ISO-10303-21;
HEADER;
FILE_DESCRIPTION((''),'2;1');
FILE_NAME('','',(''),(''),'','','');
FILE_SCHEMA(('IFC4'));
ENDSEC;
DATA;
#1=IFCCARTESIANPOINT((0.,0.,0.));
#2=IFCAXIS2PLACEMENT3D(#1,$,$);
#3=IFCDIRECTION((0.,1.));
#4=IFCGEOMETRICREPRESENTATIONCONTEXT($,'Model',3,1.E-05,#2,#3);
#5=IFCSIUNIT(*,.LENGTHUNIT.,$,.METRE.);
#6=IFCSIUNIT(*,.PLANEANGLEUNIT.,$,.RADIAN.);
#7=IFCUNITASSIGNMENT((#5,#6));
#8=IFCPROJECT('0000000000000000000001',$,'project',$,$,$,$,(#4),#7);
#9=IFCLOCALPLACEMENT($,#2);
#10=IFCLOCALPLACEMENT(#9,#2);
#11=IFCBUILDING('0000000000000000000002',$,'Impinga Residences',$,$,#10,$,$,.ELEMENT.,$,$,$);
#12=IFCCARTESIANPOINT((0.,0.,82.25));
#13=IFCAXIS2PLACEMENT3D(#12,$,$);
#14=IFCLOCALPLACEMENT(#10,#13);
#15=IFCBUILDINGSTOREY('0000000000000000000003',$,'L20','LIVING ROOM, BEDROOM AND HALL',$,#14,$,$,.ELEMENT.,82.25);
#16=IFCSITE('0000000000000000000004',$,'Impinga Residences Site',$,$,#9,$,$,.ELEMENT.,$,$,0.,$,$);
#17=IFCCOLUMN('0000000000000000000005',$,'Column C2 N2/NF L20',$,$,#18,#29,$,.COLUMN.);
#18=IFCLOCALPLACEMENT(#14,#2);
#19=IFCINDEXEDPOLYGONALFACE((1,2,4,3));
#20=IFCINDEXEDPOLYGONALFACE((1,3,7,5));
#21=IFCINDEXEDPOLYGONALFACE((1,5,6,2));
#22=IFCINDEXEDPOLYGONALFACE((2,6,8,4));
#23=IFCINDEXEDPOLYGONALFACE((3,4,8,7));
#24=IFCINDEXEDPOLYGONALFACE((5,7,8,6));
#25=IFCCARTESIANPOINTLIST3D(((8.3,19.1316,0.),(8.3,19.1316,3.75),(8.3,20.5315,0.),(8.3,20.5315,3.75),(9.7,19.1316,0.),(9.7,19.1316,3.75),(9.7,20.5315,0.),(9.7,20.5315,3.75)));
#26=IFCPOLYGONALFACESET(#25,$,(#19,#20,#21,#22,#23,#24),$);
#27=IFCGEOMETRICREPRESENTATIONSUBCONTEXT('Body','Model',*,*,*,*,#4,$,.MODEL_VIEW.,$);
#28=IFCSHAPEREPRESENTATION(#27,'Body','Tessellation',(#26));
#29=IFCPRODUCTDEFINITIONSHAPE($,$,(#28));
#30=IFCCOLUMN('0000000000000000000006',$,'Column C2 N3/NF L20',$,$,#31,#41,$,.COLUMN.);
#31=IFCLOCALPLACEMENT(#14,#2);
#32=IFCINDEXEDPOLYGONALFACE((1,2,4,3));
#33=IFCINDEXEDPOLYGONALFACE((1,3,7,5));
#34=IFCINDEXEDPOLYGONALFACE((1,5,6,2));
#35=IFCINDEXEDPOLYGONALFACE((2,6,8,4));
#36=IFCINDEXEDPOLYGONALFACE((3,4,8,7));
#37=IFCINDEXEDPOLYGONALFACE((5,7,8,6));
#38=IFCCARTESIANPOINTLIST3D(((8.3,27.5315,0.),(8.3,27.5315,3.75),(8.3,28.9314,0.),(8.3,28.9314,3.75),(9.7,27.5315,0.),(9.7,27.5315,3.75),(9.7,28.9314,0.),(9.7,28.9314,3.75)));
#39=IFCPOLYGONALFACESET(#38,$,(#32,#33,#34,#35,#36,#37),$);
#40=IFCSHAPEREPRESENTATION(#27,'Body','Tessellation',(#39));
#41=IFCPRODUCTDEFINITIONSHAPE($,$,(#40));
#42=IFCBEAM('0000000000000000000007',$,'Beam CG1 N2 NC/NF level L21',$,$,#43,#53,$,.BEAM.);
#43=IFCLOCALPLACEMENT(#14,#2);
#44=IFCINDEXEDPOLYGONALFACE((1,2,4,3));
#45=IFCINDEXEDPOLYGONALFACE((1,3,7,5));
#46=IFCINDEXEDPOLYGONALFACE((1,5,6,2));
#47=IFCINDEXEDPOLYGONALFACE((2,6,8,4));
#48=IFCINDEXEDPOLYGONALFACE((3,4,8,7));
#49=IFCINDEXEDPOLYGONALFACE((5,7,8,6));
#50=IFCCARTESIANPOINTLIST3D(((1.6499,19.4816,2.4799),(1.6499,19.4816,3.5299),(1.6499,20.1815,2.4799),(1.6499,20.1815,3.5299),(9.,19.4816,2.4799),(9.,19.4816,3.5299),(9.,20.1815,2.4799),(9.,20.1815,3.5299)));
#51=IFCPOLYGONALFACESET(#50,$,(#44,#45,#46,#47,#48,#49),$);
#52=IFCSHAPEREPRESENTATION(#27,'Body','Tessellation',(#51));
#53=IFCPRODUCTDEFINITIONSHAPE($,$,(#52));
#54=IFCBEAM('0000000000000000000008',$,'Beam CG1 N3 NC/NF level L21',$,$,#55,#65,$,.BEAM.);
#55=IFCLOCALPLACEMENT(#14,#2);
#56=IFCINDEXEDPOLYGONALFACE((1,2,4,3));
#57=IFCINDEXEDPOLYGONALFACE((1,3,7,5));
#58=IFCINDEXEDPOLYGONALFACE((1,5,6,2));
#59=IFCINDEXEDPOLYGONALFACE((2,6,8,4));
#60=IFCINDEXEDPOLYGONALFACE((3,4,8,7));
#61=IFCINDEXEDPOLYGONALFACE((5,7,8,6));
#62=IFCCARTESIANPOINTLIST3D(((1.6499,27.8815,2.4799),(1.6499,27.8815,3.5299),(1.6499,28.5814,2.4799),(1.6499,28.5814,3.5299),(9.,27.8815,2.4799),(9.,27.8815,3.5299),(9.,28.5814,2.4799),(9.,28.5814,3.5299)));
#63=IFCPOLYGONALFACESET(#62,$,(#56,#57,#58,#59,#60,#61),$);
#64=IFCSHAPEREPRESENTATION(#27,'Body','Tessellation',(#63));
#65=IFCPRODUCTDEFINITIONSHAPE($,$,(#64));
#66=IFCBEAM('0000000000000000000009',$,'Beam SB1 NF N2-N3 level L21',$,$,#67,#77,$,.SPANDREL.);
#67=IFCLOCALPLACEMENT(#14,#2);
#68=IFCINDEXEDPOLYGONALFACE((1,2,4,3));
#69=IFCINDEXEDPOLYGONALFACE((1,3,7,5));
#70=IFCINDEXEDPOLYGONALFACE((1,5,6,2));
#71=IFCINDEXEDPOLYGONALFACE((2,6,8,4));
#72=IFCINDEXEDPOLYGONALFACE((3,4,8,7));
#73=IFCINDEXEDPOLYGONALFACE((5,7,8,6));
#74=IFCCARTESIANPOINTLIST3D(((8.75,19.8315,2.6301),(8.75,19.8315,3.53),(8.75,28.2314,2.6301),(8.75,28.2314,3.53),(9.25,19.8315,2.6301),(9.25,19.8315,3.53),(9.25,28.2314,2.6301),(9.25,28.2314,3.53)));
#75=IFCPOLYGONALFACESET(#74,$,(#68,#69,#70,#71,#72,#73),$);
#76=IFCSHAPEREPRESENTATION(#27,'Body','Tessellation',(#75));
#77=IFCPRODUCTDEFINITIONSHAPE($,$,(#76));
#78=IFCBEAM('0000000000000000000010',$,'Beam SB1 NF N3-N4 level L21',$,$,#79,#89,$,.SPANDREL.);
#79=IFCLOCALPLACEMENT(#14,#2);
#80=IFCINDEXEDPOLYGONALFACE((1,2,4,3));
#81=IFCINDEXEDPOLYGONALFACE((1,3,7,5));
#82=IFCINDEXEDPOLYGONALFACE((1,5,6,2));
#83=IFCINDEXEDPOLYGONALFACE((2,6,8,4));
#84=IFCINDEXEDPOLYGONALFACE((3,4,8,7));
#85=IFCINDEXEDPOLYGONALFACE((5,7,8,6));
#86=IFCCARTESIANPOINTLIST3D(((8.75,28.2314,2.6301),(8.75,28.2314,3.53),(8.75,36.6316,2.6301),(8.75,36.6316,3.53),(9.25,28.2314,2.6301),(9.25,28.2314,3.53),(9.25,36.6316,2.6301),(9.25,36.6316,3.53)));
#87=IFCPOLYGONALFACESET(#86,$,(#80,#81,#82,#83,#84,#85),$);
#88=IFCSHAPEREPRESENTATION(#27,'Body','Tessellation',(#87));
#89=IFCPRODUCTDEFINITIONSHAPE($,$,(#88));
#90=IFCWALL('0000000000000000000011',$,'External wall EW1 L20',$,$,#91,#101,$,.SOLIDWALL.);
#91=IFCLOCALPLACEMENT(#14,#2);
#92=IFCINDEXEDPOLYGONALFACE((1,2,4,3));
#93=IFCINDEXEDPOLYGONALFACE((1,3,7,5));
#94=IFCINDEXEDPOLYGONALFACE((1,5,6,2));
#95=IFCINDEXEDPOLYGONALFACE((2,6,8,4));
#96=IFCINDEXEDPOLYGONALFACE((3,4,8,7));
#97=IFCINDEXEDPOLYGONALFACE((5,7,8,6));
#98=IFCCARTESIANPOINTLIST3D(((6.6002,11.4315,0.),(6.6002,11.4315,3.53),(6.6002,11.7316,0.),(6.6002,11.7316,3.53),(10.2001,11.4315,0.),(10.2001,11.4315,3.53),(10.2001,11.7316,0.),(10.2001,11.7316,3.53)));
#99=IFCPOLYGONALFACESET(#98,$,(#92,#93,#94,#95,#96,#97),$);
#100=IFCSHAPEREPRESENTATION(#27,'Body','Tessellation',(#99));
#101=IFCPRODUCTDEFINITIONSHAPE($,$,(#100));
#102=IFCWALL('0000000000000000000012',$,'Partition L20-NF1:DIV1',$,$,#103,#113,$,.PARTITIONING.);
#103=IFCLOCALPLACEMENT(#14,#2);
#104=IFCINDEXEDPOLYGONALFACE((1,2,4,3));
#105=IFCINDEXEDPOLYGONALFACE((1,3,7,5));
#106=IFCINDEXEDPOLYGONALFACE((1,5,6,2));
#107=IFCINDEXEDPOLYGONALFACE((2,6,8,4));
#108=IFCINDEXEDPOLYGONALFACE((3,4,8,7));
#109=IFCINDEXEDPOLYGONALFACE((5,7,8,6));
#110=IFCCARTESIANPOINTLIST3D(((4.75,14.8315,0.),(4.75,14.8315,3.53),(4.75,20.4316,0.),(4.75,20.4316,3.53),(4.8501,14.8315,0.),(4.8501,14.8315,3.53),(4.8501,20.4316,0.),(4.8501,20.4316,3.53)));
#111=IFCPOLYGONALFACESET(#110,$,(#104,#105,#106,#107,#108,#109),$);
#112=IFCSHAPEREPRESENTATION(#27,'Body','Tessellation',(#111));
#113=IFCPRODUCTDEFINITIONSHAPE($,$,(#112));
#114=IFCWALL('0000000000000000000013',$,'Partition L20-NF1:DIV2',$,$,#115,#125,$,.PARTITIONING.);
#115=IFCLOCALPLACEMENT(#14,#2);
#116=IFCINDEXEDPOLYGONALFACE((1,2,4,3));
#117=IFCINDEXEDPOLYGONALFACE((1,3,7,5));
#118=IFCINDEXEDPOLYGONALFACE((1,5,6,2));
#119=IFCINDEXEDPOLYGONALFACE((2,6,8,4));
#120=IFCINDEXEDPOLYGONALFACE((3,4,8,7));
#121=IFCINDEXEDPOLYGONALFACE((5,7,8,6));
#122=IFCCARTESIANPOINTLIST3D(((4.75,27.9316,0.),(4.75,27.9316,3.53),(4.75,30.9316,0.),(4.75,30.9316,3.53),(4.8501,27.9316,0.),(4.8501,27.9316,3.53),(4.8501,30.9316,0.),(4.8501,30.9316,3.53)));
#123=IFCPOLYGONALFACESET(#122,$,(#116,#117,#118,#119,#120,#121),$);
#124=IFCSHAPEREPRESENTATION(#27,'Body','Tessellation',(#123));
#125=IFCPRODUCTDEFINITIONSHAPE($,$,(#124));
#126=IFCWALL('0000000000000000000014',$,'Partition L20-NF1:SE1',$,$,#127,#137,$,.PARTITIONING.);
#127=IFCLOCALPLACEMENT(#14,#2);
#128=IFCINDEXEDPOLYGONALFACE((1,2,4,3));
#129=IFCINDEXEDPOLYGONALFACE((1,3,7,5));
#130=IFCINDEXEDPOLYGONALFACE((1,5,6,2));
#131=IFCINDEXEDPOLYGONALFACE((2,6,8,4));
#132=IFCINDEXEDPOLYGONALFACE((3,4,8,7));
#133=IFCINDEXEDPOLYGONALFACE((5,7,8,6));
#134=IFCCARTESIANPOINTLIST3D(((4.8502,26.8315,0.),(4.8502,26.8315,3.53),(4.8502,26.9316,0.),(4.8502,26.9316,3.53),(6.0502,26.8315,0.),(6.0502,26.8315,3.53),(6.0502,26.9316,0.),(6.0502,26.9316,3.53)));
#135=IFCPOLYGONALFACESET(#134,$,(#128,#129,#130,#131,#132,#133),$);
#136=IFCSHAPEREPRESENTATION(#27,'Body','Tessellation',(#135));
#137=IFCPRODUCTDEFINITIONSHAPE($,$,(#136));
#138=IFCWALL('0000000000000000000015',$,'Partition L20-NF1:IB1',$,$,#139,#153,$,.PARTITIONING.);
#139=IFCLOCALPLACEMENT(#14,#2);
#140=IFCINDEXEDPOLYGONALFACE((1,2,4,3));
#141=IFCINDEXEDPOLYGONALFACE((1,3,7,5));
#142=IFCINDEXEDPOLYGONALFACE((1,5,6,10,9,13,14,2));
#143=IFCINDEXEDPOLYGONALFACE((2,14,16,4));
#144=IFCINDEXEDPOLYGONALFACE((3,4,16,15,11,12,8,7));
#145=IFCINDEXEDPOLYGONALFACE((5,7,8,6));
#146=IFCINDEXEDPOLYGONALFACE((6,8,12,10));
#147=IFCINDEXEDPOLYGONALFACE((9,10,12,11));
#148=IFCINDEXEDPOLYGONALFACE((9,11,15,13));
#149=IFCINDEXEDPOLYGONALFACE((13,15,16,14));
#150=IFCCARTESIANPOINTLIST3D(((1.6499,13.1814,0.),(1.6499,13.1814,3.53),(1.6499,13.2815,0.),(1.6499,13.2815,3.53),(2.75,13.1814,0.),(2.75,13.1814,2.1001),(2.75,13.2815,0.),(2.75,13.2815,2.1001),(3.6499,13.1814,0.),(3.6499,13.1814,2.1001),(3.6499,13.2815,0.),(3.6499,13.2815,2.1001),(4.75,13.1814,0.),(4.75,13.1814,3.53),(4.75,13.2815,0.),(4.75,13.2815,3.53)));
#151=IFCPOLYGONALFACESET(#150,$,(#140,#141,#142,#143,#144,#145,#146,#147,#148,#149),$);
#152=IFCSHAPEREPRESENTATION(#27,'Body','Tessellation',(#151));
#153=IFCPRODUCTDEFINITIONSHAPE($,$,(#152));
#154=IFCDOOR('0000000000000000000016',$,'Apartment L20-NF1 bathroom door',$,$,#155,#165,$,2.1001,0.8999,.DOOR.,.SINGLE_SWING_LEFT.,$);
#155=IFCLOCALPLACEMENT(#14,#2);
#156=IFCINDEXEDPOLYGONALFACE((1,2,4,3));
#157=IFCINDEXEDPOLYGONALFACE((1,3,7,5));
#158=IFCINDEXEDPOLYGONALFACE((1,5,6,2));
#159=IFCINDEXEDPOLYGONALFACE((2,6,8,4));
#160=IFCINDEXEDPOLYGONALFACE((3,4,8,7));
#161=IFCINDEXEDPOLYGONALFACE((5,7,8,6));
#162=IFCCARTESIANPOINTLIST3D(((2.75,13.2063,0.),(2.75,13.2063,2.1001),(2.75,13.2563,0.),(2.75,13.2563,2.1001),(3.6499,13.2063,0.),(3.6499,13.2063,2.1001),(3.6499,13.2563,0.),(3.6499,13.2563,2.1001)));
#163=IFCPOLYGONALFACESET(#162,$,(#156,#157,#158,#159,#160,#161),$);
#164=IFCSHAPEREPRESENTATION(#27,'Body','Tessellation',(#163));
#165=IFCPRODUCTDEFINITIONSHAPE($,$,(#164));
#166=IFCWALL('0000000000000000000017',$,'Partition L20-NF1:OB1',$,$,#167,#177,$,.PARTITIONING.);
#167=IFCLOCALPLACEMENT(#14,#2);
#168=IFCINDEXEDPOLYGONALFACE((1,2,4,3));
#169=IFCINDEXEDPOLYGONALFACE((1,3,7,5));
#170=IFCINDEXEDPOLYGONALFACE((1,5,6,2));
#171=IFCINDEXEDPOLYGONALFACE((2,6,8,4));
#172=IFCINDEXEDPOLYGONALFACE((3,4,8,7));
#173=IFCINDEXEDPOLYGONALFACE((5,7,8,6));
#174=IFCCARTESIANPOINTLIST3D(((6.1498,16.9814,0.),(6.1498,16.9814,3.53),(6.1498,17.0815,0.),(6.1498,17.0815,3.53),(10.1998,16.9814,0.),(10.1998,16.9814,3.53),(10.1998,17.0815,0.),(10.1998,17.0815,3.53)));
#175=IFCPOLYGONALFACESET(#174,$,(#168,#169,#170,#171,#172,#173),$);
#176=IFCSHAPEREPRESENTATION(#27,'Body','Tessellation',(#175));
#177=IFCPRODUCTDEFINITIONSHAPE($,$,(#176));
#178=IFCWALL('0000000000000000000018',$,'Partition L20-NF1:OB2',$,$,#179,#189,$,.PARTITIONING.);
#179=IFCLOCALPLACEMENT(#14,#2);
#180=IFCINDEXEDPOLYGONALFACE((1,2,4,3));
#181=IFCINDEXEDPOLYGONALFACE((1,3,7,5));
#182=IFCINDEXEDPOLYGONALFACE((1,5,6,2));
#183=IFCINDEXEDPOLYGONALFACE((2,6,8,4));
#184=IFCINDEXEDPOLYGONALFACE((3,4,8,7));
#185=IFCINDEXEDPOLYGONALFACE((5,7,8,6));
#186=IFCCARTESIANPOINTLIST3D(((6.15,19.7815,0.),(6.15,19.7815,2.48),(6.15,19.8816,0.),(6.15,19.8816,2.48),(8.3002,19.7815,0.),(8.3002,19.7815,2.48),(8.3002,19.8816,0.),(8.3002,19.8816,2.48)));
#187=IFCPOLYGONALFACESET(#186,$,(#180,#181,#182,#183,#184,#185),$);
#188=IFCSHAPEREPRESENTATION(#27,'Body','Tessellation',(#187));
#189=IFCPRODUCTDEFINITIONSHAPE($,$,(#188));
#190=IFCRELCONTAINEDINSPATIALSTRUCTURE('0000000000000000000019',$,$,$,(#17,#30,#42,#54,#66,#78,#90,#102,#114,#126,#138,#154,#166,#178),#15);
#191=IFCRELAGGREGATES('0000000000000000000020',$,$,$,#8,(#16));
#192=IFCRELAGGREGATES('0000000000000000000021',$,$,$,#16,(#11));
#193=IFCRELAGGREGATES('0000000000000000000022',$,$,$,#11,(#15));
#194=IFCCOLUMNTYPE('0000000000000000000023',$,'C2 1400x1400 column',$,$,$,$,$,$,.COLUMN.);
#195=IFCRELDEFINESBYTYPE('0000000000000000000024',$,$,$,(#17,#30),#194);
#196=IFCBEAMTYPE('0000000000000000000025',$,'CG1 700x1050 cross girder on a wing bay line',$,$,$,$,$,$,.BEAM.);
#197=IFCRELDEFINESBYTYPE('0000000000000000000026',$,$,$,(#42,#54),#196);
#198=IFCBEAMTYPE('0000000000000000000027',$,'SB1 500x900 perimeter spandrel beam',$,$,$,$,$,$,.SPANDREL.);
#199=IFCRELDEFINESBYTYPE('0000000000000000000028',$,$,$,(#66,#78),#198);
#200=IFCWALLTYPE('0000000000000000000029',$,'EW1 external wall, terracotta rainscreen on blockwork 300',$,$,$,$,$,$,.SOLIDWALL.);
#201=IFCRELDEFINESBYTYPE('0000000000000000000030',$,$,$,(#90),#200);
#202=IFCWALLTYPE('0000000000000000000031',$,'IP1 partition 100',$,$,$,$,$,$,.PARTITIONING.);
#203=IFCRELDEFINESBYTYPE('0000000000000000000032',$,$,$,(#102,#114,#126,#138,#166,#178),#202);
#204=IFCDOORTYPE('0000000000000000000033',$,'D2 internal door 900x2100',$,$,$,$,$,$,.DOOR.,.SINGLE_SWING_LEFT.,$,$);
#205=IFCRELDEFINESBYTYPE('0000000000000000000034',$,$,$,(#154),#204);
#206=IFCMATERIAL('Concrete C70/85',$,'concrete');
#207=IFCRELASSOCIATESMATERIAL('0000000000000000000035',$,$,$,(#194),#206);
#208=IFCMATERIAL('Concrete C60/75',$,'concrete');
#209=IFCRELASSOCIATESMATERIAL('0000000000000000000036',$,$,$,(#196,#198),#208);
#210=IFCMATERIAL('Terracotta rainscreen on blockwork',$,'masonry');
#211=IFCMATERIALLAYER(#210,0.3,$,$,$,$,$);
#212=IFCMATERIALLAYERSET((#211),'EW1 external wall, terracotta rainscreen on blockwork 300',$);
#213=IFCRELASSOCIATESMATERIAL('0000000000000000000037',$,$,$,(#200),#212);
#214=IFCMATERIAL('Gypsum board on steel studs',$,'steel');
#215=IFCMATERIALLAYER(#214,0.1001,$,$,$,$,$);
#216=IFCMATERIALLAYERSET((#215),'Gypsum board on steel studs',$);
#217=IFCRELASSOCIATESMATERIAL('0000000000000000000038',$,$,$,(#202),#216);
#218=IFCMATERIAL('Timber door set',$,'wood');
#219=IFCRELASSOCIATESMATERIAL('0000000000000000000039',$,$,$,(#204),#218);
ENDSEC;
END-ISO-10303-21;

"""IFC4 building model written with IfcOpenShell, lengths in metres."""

from ifc_helpers import new_model, si_unit, direction, frame, frame_2d, origin, origin_2d, place, context, subcontext, project, spatial, rectangle, extrude, material, layer, layer_set, material_profile, profile_set, type_object, element, fill, save


model = new_model("IFC4")

# Units and contexts
model_context = context("Model", 3, precision=1e-05, world=origin(), true_north=direction((0.0, 1.0)))
body_context = subcontext(model_context, "Body", "Model", "MODEL_VIEW")
ifc_project = project(units=[si_unit("LENGTHUNIT", "METRE"), si_unit("PLANEANGLEUNIT", "RADIAN")], contexts=[model_context])

# Site, building, storey
site_placement = place(None, origin())
site = spatial("IfcSite", under=ifc_project, at=site_placement, Name="Impinga Residences Site", CompositionType="ELEMENT", RefElevation=0.0)
building_placement = place(site_placement, origin())
building = spatial("IfcBuilding", under=site, at=building_placement, Name="Impinga Residences", CompositionType="ELEMENT")
storey_placement = place(building_placement, frame((0.0, 0.0, 82.25)))
storey = spatial("IfcBuildingStorey", under=building, at=storey_placement, Name="L20", Description="LIVING ROOM, BEDROOM AND HALL", CompositionType="ELEMENT", Elevation=82.25)

# Columns
ifc_material_1 = material(Name="Concrete C70/85", Category="concrete")
ifc_material_profile_1 = material_profile(ifc_material_1, rectangle(XDim=1.3999, YDim=1.3999, at=origin_2d()), Name="RC 1400x1400")
ifc_profile_set_1 = profile_set([ifc_material_profile_1], Name="Concrete C70/85")
column_type = type_object("IfcColumnType", Name="C2 1400x1400 column", PredefinedType="COLUMN", material=ifc_profile_set_1)
for number, where, z_axis, x_axis, name in (
    (1, (9.0, 19.8315, 0.0), (0.0, 0.0, 1.0), (1.0, 0.0, 0.0), "Column C2 N2/NF L20"),
    (2, (9.0, 28.2314, 0.0), (0.0, 0.0, 1.0), (1.0, 0.0, 0.0), "Column C2 N3/NF L20"),
):
    element("IfcColumn", number, at=place(storey_placement, frame(where, z_axis=z_axis, x_axis=x_axis)), inside=storey, type_object=column_type, Name=name, PredefinedType="COLUMN", context=body_context, shape_type="SweptSolid", body=[
        extrude(rectangle(XDim=1.3999, YDim=1.3999, at=origin_2d()), origin(), (0.0, 0.0, 1.0), 3.75),
    ])

# Beams
ifc_material_2 = material(Name="Concrete C60/75", Category="concrete")
ifc_material_profile_2 = material_profile(ifc_material_2, rectangle(XDim=0.7, YDim=1.05, at=origin_2d()), Name="RC 700x1050")
ifc_profile_set_2 = profile_set([ifc_material_profile_2], Name="Concrete C60/75")
beam_type_1 = type_object("IfcBeamType", Name="CG1 700x1050 cross girder on a wing bay line", PredefinedType="BEAM", material=ifc_profile_set_2)
for number, where, z_axis, x_axis, name in (
    (3, (1.6499, 19.8315, 3.0049), (1.0, 0.0, 0.0), (0.0, 1.0, 0.0), "Beam CG1 N2 NC/NF level L21"),
    (4, (1.6499, 28.2314, 3.0049), (1.0, 0.0, 0.0), (0.0, 1.0, 0.0), "Beam CG1 N3 NC/NF level L21"),
):
    element("IfcBeam", number, at=place(storey_placement, frame(where, z_axis=z_axis, x_axis=x_axis)), inside=storey, type_object=beam_type_1, Name=name, PredefinedType="BEAM", context=body_context, shape_type="SweptSolid", body=[
        extrude(rectangle(XDim=0.7, YDim=1.05, at=origin_2d()), origin(), (0.0, 0.0, 1.0), 7.3501),
    ])
ifc_material_profile_3 = material_profile(ifc_material_2, rectangle(XDim=0.5, YDim=0.8999, at=origin_2d()), Name="RC 500x900")
ifc_profile_set_3 = profile_set([ifc_material_profile_3], Name="Concrete C60/75")
beam_type_2 = type_object("IfcBeamType", Name="SB1 500x900 perimeter spandrel beam", PredefinedType="SPANDREL", material=ifc_profile_set_3)
beam_1_placement = place(storey_placement, frame((9.0, 19.8315, 3.0801), z_axis=(0.0, 1.0, 0.0), x_axis=(-1.0, 0.0, 0.0)))
element("IfcBeam", 5, at=beam_1_placement, inside=storey, type_object=beam_type_2, Name="Beam SB1 NF N2-N3 level L21", PredefinedType="SPANDREL", context=body_context, shape_type="SweptSolid", body=[
    extrude(rectangle(XDim=0.5, YDim=0.8999, at=origin_2d()), origin(), (0.0, 0.0, 1.0), 8.3999),
])
beam_2_placement = place(storey_placement, frame((9.0, 28.2314, 3.0801), z_axis=(0.0, 1.0, 0.0), x_axis=(-1.0, 0.0, 0.0)))
element("IfcBeam", 6, at=beam_2_placement, inside=storey, type_object=beam_type_2, Name="Beam SB1 NF N3-N4 level L21", PredefinedType="SPANDREL", context=body_context, shape_type="SweptSolid", body=[
    extrude(rectangle(XDim=0.5, YDim=0.8999, at=origin_2d()), origin(), (0.0, 0.0, 1.0), 8.4001),
])

# Walls
ifc_material_3 = material(Name="Terracotta rainscreen on blockwork", Category="masonry")
ifc_layer_1 = layer(ifc_material_3, 0.3)
ifc_layer_set_1 = layer_set([ifc_layer_1], Name="EW1 external wall, terracotta rainscreen on blockwork 300")
wall_type_1 = type_object("IfcWallType", Name="EW1 external wall, terracotta rainscreen on blockwork 300", PredefinedType="SOLIDWALL", material=ifc_layer_set_1)
wall_1_placement = place(storey_placement, frame((10.2, 11.5815, 0.0), z_axis=(0.0, 0.0, 1.0), x_axis=(-1.0, 0.0, 0.0)))
element("IfcWall", 7, at=wall_1_placement, inside=storey, type_object=wall_type_1, Name="External wall EW1 L20", PredefinedType="SOLIDWALL", context=body_context, shape_type="SweptSolid", body=[
    extrude(rectangle(XDim=3.5999, YDim=0.3, at=frame_2d((1.7998, 0.0))), origin(), (0.0, 0.0, 1.0), 3.53),
])
ifc_material_4 = material(Name="Gypsum board on steel studs", Category="steel")
ifc_layer_2 = layer(ifc_material_4, 0.1001)
ifc_layer_set_2 = layer_set([ifc_layer_2], Name="Gypsum board on steel studs")
wall_type_2 = type_object("IfcWallType", Name="IP1 partition 100", PredefinedType="PARTITIONING", material=ifc_layer_set_2)
wall_2_placement = place(storey_placement, frame((4.8, 14.8315, 0.0), z_axis=(0.0, 0.0, 1.0), x_axis=(0.0, 1.0, 0.0)))
element("IfcWall", 8, at=wall_2_placement, inside=storey, type_object=wall_type_2, Name="Partition L20-NF1:DIV1", PredefinedType="PARTITIONING", context=body_context, shape_type="SweptSolid", body=[
    extrude(rectangle(XDim=5.6001, YDim=0.1001, at=frame_2d((2.8, 0.0))), origin(), (0.0, 0.0, 1.0), 3.53),
])
wall_3_placement = place(storey_placement, frame((4.8, 27.9316, 0.0), z_axis=(0.0, 0.0, 1.0), x_axis=(0.0, 1.0, 0.0)))
element("IfcWall", 9, at=wall_3_placement, inside=storey, type_object=wall_type_2, Name="Partition L20-NF1:DIV2", PredefinedType="PARTITIONING", context=body_context, shape_type="SweptSolid", body=[
    extrude(rectangle(XDim=3.0, YDim=0.1001, at=frame_2d((1.5, 0.0))), origin(), (0.0, 0.0, 1.0), 3.53),
])
wall_4_placement = place(storey_placement, frame((4.8501, 26.8816, 0.0), z_axis=(0.0, 0.0, 1.0), x_axis=(1.0, 0.0, 0.0)))
element("IfcWall", 10, at=wall_4_placement, inside=storey, type_object=wall_type_2, Name="Partition L20-NF1:SE1", PredefinedType="PARTITIONING", context=body_context, shape_type="SweptSolid", body=[
    extrude(rectangle(XDim=1.2, YDim=0.1001, at=frame_2d((0.6001, 0.0))), origin(), (0.0, 0.0, 1.0), 3.53),
])

# Wall, opening, door
wall_5_placement = place(storey_placement, frame((1.6499, 13.2314, 0.0), z_axis=(0.0, 0.0, 1.0), x_axis=(1.0, 0.0, 0.0)))
wall_5 = element("IfcWall", 11, at=wall_5_placement, inside=storey, type_object=wall_type_2, Name="Partition L20-NF1:IB1", PredefinedType="PARTITIONING", context=body_context, shape_type="SweptSolid", body=[
    extrude(rectangle(XDim=3.1001, YDim=0.1001, at=frame_2d((1.55, 0.0))), origin(), (0.0, 0.0, 1.0), 3.53),
])
opening_1_placement = place(wall_5_placement, frame((1.1001, 0.0, 0.0)))
opening_1 = element("IfcOpeningElement", 12, at=opening_1_placement, cuts=wall_5, PredefinedType="OPENING", context=body_context, shape_type="SweptSolid", body=[
    extrude(rectangle(XDim=0.8999, YDim=2.1001, at=frame_2d((0.45, 1.05))), frame((0.0, 0.0601, 0.0), z_axis=(0.0, -1.0, 0.0), x_axis=(1.0, 0.0, 0.0)), (0.0, 0.0, 1.0), 0.1201),
])
ifc_material_5 = material(Name="Timber door set", Category="wood")
door_type = type_object("IfcDoorType", Name="D2 internal door 900x2100", OperationType="SINGLE_SWING_LEFT", PredefinedType="DOOR", material=ifc_material_5)
door_1_placement = place(opening_1_placement, origin())
door_1 = element("IfcDoor", 13, at=door_1_placement, inside=storey, type_object=door_type, Name="Apartment L20-NF1 bathroom door", OperationType="SINGLE_SWING_LEFT", OverallHeight=2.1001, OverallWidth=0.8999, PredefinedType="DOOR", context=body_context, shape_type="SweptSolid", body=[
    extrude(rectangle(XDim=0.8999, YDim=2.1001, at=frame_2d((0.45, 1.05))), frame((0.0, 0.0249, 0.0), z_axis=(0.0, -1.0, 0.0), x_axis=(1.0, 0.0, 0.0)), (0.0, 0.0, 1.0), 0.05),
])
fill(opening_1, door_1)

# Walls
wall_6_placement = place(storey_placement, frame((6.1499, 17.0315, 0.0), z_axis=(0.0, 0.0, 1.0), x_axis=(1.0, 0.0, 0.0)))
element("IfcWall", 14, at=wall_6_placement, inside=storey, type_object=wall_type_2, Name="Partition L20-NF1:OB1", PredefinedType="PARTITIONING", context=body_context, shape_type="SweptSolid", body=[
    extrude(rectangle(XDim=4.05, YDim=0.1001, at=frame_2d((2.0249, 0.0))), origin(), (0.0, 0.0, 1.0), 3.53),
])
wall_7_placement = place(storey_placement, frame((6.1499, 19.8315, 0.0), z_axis=(0.0, 0.0, 1.0), x_axis=(1.0, 0.0, 0.0)))
element("IfcWall", 15, at=wall_7_placement, inside=storey, type_object=wall_type_2, Name="Partition L20-NF1:OB2", PredefinedType="PARTITIONING", context=body_context, shape_type="SweptSolid", body=[
    extrude(rectangle(XDim=2.1501, YDim=0.1001, at=frame_2d((1.0752, 0.0))), origin(), (0.0, 0.0, 1.0), 2.48),
])

save(model, "model.ifc")
